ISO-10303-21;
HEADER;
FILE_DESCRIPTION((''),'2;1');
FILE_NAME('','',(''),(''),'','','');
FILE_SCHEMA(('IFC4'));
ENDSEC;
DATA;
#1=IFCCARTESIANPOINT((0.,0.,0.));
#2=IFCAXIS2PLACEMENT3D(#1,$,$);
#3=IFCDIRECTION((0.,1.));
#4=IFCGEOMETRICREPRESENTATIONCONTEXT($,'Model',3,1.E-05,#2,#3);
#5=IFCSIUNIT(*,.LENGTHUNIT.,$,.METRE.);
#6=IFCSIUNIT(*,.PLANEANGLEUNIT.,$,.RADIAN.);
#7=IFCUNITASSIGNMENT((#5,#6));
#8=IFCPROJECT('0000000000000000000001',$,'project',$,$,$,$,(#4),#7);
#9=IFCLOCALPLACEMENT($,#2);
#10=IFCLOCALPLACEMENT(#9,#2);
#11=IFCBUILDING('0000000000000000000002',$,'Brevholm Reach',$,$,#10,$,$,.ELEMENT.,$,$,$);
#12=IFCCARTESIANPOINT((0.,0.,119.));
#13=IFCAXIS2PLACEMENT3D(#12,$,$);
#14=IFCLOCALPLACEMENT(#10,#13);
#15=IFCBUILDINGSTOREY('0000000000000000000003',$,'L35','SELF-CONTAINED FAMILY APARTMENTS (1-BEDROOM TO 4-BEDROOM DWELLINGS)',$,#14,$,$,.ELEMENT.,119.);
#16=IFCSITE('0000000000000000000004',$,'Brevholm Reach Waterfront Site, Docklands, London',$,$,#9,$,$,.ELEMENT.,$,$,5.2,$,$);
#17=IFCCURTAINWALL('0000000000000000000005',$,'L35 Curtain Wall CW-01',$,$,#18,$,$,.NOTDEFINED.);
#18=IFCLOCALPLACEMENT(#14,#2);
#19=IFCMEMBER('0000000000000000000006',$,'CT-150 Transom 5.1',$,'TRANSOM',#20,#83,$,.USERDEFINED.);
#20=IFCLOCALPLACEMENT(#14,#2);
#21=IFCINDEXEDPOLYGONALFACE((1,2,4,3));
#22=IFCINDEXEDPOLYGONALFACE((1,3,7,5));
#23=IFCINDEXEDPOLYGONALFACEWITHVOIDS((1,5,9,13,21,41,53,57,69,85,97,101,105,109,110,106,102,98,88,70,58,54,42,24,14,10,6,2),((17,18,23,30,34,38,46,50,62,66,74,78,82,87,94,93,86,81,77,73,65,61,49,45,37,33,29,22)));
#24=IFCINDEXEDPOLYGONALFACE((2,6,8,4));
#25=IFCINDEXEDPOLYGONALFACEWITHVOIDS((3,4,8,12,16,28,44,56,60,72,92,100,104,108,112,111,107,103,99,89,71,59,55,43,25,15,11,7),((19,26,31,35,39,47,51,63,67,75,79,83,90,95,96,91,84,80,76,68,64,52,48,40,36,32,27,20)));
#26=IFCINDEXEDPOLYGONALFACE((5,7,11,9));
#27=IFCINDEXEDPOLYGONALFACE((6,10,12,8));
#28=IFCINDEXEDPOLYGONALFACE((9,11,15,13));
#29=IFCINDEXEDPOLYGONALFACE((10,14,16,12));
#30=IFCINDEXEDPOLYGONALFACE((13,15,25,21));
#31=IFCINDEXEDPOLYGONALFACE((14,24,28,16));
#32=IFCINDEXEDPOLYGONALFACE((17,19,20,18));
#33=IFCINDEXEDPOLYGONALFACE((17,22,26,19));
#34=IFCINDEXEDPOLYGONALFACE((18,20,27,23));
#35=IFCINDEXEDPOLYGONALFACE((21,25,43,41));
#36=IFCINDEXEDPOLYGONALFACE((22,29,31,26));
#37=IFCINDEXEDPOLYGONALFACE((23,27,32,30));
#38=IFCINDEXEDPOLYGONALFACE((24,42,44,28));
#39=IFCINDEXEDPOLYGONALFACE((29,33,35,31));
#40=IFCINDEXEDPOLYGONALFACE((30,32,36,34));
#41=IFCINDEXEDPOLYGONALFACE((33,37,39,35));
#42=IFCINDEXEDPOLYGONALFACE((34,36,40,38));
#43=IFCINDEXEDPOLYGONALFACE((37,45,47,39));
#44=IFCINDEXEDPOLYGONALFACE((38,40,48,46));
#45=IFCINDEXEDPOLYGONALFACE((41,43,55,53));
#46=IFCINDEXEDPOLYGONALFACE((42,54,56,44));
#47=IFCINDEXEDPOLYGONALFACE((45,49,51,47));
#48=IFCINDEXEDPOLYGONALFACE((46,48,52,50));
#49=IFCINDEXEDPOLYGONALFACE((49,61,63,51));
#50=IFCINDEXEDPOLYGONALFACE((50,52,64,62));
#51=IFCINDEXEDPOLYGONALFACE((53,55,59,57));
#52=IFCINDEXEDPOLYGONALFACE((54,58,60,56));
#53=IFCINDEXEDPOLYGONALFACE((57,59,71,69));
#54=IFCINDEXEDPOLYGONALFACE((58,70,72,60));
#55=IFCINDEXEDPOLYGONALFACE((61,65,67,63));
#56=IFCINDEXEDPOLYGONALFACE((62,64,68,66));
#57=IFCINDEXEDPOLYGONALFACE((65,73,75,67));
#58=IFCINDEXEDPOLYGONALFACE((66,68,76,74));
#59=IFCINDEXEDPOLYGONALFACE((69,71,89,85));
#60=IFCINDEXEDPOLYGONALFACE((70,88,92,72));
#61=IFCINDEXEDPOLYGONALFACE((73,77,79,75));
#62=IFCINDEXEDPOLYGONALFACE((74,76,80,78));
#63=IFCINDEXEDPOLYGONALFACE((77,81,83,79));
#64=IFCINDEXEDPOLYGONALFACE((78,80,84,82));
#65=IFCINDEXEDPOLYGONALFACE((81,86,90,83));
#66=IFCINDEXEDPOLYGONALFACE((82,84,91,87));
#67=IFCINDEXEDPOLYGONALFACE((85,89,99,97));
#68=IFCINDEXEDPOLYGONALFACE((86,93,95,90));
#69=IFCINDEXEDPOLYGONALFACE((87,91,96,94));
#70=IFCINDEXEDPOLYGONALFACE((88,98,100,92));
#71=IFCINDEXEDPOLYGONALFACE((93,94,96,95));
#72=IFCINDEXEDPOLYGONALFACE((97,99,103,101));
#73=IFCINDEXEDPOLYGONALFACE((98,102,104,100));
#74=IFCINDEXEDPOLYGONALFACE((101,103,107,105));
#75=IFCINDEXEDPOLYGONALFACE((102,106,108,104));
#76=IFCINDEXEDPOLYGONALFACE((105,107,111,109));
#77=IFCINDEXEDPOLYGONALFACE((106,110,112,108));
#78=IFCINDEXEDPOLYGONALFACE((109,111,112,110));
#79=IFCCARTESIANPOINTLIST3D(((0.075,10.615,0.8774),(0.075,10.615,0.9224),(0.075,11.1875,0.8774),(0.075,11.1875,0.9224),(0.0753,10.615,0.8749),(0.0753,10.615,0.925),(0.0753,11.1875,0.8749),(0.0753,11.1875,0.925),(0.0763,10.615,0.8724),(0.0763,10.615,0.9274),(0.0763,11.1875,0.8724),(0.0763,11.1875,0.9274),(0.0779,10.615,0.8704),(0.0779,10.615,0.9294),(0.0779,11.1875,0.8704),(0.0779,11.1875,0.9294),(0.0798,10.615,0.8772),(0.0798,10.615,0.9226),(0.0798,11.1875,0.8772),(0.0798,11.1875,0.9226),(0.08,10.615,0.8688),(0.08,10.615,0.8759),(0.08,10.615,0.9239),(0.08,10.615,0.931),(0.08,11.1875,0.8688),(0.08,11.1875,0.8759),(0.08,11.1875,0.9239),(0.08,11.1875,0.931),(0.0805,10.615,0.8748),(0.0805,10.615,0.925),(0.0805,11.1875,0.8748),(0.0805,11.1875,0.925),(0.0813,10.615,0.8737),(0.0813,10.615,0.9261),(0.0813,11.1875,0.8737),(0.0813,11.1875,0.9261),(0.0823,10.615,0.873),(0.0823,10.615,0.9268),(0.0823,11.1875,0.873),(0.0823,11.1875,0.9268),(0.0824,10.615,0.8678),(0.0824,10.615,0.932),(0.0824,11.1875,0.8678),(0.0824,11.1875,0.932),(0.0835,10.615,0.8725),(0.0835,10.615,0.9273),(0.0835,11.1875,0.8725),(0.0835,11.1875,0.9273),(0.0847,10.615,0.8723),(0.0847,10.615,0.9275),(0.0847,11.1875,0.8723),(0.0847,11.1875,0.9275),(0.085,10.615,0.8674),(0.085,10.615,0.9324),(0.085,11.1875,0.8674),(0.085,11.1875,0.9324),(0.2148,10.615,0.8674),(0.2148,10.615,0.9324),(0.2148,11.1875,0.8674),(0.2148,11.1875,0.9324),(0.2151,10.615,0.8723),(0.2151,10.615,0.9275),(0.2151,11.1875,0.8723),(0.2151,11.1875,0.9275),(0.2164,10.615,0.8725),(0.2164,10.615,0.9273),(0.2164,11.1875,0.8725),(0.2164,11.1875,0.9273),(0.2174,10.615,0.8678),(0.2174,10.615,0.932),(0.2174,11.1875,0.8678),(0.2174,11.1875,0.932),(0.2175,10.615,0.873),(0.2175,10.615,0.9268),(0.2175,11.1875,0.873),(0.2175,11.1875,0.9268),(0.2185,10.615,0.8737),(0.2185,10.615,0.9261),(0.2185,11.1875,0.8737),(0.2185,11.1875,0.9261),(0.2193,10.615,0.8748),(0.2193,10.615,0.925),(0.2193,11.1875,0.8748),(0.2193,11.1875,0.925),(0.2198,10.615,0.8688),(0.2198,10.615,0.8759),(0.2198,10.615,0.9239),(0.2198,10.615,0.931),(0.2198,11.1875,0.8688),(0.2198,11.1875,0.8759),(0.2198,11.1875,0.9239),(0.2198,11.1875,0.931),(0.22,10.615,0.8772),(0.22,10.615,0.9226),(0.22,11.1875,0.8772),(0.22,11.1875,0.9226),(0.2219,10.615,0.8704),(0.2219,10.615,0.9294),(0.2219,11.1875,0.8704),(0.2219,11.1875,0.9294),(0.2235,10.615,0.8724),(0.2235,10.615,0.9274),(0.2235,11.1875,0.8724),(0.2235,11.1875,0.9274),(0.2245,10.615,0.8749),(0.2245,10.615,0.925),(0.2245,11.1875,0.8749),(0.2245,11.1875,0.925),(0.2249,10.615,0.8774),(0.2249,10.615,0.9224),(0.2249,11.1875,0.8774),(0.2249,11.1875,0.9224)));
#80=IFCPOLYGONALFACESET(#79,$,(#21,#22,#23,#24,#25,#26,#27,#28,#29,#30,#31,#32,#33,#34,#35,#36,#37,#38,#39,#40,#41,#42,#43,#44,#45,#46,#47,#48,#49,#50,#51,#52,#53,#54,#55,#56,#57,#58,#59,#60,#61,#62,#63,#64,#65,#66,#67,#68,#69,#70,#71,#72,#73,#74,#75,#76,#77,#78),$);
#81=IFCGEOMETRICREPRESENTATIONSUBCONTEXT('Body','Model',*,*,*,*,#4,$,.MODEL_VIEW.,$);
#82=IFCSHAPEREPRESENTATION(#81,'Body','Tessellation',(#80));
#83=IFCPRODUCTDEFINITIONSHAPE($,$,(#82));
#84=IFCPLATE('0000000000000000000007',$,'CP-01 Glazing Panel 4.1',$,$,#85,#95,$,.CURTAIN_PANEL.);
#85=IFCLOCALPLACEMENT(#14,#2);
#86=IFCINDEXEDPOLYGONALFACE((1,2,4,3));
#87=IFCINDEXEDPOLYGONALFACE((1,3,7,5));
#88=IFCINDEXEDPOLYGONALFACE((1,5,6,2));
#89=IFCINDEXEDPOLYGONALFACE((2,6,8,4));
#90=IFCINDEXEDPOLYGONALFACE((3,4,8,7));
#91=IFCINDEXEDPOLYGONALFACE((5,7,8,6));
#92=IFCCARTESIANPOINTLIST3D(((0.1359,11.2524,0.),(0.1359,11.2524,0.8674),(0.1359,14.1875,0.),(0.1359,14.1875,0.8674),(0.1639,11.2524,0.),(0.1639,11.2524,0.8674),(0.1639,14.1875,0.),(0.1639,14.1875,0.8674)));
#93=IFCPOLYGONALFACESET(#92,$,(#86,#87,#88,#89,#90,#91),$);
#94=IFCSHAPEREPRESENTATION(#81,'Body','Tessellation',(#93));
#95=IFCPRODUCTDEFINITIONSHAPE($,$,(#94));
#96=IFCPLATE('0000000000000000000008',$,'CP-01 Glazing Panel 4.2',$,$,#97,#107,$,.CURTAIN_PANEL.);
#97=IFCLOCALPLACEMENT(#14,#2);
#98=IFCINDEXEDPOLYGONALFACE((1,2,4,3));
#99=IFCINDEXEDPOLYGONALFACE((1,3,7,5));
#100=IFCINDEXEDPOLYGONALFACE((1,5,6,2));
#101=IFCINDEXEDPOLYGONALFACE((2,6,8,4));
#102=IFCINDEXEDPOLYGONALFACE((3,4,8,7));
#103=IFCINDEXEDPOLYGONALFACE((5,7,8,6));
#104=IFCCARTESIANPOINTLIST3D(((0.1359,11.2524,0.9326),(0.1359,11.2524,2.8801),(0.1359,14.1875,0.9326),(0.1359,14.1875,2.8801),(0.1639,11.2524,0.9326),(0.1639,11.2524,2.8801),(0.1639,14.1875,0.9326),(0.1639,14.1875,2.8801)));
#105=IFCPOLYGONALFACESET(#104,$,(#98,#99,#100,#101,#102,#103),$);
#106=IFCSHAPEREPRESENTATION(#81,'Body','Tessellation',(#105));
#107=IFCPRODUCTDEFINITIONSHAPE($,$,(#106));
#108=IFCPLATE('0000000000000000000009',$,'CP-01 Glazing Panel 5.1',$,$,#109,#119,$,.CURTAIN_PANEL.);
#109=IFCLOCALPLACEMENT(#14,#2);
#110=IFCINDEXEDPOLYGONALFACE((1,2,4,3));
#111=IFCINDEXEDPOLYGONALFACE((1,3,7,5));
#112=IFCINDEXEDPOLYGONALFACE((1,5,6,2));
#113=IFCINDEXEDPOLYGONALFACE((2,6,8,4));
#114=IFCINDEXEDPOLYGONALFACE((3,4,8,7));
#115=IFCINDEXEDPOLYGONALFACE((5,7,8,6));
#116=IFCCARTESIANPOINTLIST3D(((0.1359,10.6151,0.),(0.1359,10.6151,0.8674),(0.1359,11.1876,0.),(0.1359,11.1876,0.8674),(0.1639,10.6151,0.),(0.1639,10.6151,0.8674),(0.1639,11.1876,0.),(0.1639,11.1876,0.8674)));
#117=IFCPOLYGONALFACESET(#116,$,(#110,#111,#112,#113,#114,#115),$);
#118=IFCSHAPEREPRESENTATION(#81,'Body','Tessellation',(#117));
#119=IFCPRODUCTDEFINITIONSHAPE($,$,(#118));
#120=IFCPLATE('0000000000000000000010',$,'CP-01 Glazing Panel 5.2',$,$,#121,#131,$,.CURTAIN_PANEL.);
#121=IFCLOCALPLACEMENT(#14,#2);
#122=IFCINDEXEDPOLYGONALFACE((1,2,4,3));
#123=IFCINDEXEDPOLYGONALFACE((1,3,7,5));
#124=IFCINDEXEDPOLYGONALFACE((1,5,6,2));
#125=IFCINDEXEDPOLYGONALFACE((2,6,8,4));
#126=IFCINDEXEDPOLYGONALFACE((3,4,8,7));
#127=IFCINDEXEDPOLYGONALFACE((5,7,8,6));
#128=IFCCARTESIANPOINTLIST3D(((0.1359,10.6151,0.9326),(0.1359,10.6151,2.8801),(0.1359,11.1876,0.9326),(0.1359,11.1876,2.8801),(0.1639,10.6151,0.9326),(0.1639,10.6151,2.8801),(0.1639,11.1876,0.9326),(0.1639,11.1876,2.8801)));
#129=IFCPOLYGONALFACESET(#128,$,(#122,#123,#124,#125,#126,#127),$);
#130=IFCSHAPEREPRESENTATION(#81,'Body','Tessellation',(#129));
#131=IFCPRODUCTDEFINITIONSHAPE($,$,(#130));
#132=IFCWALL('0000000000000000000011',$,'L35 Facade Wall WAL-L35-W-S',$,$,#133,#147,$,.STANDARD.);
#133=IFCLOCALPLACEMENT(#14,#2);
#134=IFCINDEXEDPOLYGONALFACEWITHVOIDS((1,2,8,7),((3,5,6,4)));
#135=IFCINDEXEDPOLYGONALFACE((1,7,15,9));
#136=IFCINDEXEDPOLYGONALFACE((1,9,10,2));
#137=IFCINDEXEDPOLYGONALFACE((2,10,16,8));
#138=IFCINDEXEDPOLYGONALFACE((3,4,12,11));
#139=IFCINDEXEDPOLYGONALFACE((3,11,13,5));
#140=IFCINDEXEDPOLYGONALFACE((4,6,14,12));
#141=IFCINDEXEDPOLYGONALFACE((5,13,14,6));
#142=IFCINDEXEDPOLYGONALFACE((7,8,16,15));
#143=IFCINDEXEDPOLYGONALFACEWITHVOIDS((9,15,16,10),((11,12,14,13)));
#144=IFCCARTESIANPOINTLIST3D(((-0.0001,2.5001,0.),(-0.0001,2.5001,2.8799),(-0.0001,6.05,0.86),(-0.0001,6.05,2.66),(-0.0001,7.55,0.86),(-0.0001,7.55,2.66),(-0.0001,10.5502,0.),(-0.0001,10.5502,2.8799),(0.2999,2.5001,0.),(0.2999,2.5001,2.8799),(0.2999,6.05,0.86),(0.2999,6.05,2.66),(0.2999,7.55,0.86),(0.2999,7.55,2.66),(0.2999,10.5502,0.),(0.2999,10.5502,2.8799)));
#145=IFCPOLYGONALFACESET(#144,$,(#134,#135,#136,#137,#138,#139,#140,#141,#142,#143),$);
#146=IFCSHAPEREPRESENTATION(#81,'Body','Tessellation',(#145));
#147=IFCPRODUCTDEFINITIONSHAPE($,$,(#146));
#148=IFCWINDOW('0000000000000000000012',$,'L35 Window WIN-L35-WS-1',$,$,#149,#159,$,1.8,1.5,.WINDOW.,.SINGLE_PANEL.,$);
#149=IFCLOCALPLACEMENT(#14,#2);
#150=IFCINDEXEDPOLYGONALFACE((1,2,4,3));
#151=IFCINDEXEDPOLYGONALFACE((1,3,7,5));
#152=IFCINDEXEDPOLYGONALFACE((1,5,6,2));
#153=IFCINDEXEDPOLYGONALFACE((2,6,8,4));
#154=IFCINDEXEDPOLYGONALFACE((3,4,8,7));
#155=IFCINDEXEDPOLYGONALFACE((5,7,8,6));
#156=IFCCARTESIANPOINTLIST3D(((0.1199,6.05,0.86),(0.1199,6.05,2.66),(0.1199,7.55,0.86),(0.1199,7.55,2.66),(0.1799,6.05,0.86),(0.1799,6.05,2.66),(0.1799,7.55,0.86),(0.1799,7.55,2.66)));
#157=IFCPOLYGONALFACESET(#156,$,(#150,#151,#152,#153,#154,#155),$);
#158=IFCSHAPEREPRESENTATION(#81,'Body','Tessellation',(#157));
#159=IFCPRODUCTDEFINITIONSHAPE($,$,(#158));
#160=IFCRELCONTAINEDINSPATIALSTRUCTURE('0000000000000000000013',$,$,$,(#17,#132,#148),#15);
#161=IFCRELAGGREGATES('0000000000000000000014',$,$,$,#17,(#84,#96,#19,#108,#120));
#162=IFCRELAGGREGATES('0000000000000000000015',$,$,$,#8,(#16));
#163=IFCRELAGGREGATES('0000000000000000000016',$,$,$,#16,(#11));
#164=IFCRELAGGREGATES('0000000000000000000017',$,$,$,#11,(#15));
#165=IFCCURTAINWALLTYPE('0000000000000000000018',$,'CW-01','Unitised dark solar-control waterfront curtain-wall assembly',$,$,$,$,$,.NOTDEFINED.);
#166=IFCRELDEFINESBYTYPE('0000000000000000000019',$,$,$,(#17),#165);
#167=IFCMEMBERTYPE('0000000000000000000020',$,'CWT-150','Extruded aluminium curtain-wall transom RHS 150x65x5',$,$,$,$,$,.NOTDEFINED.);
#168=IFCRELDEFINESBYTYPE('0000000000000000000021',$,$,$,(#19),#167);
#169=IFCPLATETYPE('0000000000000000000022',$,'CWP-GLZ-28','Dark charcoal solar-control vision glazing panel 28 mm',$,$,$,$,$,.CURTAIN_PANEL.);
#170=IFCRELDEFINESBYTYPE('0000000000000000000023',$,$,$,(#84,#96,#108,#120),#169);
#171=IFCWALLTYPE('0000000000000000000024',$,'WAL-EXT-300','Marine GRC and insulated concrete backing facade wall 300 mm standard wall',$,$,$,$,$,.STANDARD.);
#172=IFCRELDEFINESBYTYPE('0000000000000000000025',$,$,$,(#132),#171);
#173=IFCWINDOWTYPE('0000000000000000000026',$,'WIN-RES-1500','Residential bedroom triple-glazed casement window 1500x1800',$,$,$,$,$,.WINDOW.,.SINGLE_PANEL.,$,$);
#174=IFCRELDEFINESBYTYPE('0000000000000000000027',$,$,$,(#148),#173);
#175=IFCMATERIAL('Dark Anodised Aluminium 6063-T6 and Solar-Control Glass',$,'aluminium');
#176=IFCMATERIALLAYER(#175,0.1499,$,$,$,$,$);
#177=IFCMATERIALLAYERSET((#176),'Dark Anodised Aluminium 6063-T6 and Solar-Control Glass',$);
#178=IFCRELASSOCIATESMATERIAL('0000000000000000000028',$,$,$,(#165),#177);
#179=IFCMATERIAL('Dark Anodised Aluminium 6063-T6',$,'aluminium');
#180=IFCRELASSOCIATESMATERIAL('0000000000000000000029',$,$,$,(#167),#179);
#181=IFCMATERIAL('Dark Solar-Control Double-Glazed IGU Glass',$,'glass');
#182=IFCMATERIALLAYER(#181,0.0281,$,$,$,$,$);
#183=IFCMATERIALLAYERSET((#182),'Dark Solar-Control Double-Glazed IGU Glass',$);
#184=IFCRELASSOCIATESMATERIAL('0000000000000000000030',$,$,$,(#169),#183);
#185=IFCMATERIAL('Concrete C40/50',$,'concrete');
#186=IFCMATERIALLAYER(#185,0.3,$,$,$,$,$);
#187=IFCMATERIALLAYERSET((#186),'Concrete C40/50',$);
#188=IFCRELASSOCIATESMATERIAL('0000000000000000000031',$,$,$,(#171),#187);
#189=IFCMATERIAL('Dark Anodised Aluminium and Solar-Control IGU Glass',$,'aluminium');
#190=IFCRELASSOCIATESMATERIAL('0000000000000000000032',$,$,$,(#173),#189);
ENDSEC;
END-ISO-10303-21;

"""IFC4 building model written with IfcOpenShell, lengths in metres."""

from ifc_helpers import new_model, si_unit, direction, frame, frame_2d, origin, origin_2d, place, context, subcontext, project, spatial, rectangle, hollow_rectangle, extrude, material, layer, layer_set, material_profile, profile_set, type_object, element, fill, aggregate, save


model = new_model("IFC4")

# Units and contexts
model_context = context("Model", 3, precision=1e-05, world=origin(), true_north=direction((0.0, 1.0)))
body_context = subcontext(model_context, "Body", "Model", "MODEL_VIEW")
ifc_project = project(units=[si_unit("LENGTHUNIT", "METRE"), si_unit("PLANEANGLEUNIT", "RADIAN")], contexts=[model_context])

# Site, building, storey
site_placement = place(None, origin())
site = spatial("IfcSite", under=ifc_project, at=site_placement, Name="Brevholm Reach Waterfront Site, Docklands, London", CompositionType="ELEMENT", RefElevation=5.2)
building_placement = place(site_placement, origin())
building = spatial("IfcBuilding", under=site, at=building_placement, Name="Brevholm Reach", CompositionType="ELEMENT")
storey_placement = place(building_placement, frame((0.0, 0.0, 119.0)))
storey = spatial("IfcBuildingStorey", under=building, at=storey_placement, Name="L35", Description="SELF-CONTAINED FAMILY APARTMENTS (1-BEDROOM TO 4-BEDROOM DWELLINGS)", CompositionType="ELEMENT", Elevation=119.0)

# Curtain wall, member, plates
ifc_material_1 = material(Name="Dark Anodised Aluminium 6063-T6 and Solar-Control Glass", Category="aluminium")
ifc_layer_1 = layer(ifc_material_1, 0.1499)
ifc_layer_set_1 = layer_set([ifc_layer_1], Name="Dark Anodised Aluminium 6063-T6 and Solar-Control Glass")
curtain_wall_type = type_object("IfcCurtainWallType", Name="CW-01", Description="Unitised dark solar-control waterfront curtain-wall assembly", PredefinedType="NOTDEFINED", material=ifc_layer_set_1)
curtain_wall_placement = place(storey_placement, origin())
curtain_wall = element("IfcCurtainWall", 1, at=curtain_wall_placement, inside=storey, type_object=curtain_wall_type, Name="L35 Curtain Wall CW-01", PredefinedType="NOTDEFINED")
ifc_material_2 = material(Name="Dark Anodised Aluminium 6063-T6", Category="aluminium")
ifc_material_profile_1 = material_profile(ifc_material_2, hollow_rectangle(XDim=0.0649, YDim=0.1499, WallThickness=0.0049, InnerFilletRadius=0.0049, OuterFilletRadius=0.01, at=origin_2d()), Name="RHS 150x65x5")
ifc_profile_set_1 = profile_set([ifc_material_profile_1], Name="Dark Anodised Aluminium 6063-T6")
member_type_1 = type_object("IfcMemberType", Name="CWT-150", Description="Extruded aluminium curtain-wall transom RHS 150x65x5", PredefinedType="NOTDEFINED", material=ifc_profile_set_1)
member_1_placement = place(storey_placement, frame((0.1499, 11.1875, 0.8999), z_axis=(0.0, -1.0, 0.0), x_axis=(0.0, 0.0, 1.0)))
member_1 = element("IfcMember", 2, at=member_1_placement, type_object=member_type_1, Name="CT-150 Transom 5.1", ObjectType="TRANSOM", PredefinedType="USERDEFINED", context=body_context, shape_type="SweptSolid", body=[
    extrude(hollow_rectangle(XDim=0.0649, YDim=0.1499, WallThickness=0.0049, InnerFilletRadius=0.0049, OuterFilletRadius=0.01, at=origin_2d()), origin(), (0.0, 0.0, 1.0), 0.5725),
])
ifc_material_3 = material(Name="Dark Solar-Control Double-Glazed IGU Glass", Category="glass")
ifc_layer_2 = layer(ifc_material_3, 0.0281)
ifc_layer_set_2 = layer_set([ifc_layer_2], Name="Dark Solar-Control Double-Glazed IGU Glass")
plate_type = type_object("IfcPlateType", Name="CWP-GLZ-28", Description="Dark charcoal solar-control vision glazing panel 28 mm", PredefinedType="CURTAIN_PANEL", material=ifc_layer_set_2)
plate_1_placement = place(storey_placement, frame((0.1499, 12.72, 0.0), z_axis=(0.0, 0.0, 1.0), x_axis=(0.0, -1.0, 0.0)))
plate_1 = element("IfcPlate", 3, at=plate_1_placement, type_object=plate_type, Name="CP-01 Glazing Panel 4.1", PredefinedType="CURTAIN_PANEL", context=body_context, shape_type="SweptSolid", body=[
    extrude(rectangle(XDim=2.9351, YDim=0.0281, at=origin_2d()), origin(), (0.0, 0.0, 1.0), 0.8674),
])
plate_2_placement = place(storey_placement, frame((0.1499, 12.72, 0.9326), z_axis=(0.0, 0.0, 1.0), x_axis=(0.0, -1.0, 0.0)))
plate_2 = element("IfcPlate", 4, at=plate_2_placement, type_object=plate_type, Name="CP-01 Glazing Panel 4.2", PredefinedType="CURTAIN_PANEL", context=body_context, shape_type="SweptSolid", body=[
    extrude(rectangle(XDim=2.9351, YDim=0.0281, at=origin_2d()), origin(), (0.0, 0.0, 1.0), 1.9475),
])
plate_3_placement = place(storey_placement, frame((0.1499, 10.9014, 0.0), z_axis=(0.0, 0.0, 1.0), x_axis=(0.0, -1.0, 0.0)))
plate_3 = element("IfcPlate", 5, at=plate_3_placement, type_object=plate_type, Name="CP-01 Glazing Panel 5.1", PredefinedType="CURTAIN_PANEL", context=body_context, shape_type="SweptSolid", body=[
    extrude(rectangle(XDim=0.5725, YDim=0.0281, at=origin_2d()), origin(), (0.0, 0.0, 1.0), 0.8674),
])
plate_4_placement = place(storey_placement, frame((0.1499, 10.9014, 0.9326), z_axis=(0.0, 0.0, 1.0), x_axis=(0.0, -1.0, 0.0)))
plate_4 = element("IfcPlate", 6, at=plate_4_placement, type_object=plate_type, Name="CP-01 Glazing Panel 5.2", PredefinedType="CURTAIN_PANEL", context=body_context, shape_type="SweptSolid", body=[
    extrude(rectangle(XDim=0.5725, YDim=0.0281, at=origin_2d()), origin(), (0.0, 0.0, 1.0), 1.9475),
])
aggregate(curtain_wall, [plate_1, plate_2, member_1, plate_3, plate_4])

# Wall, opening, window
ifc_material_4 = material(Name="Concrete C40/50", Category="concrete")
ifc_layer_3 = layer(ifc_material_4, 0.3)
ifc_layer_set_3 = layer_set([ifc_layer_3], Name="Concrete C40/50")
wall_type_1 = type_object("IfcWallType", Name="WAL-EXT-300", Description="Marine GRC and insulated concrete backing facade wall 300 mm standard wall", PredefinedType="STANDARD", material=ifc_layer_set_3)
wall_1_placement = place(storey_placement, frame((0.1499, 10.55, 0.0), z_axis=(0.0, 0.0, 1.0), x_axis=(0.0, -1.0, 0.0)))
wall_1 = element("IfcWall", 7, at=wall_1_placement, inside=storey, type_object=wall_type_1, Name="L35 Facade Wall WAL-L35-W-S", PredefinedType="STANDARD", context=body_context, shape_type="SweptSolid", body=[
    extrude(rectangle(XDim=8.05, YDim=0.3, at=frame_2d((4.0249, 0.0))), origin(), (0.0, 0.0, 1.0), 2.8799),
])
opening_1_placement = place(wall_1_placement, frame((3.0, 0.0, 0.8601)))
opening_1 = element("IfcOpeningElement", 8, at=opening_1_placement, cuts=wall_1, PredefinedType="OPENING", context=body_context, shape_type="SweptSolid", body=[
    extrude(rectangle(XDim=1.5, YDim=1.8, at=frame_2d((0.75, 0.8999))), frame((0.0, 0.1599, 0.0), z_axis=(0.0, -1.0, 0.0), x_axis=(1.0, 0.0, 0.0)), (0.0, 0.0, 1.0), 0.3201),
])
ifc_material_5 = material(Name="Dark Anodised Aluminium and Solar-Control IGU Glass", Category="aluminium")
window_type = type_object("IfcWindowType", Name="WIN-RES-1500", Description="Residential bedroom triple-glazed casement window 1500x1800", PartitioningType="SINGLE_PANEL", PredefinedType="WINDOW", material=ifc_material_5)
window_placement = place(opening_1_placement, origin())
window = element("IfcWindow", 9, at=window_placement, inside=storey, type_object=window_type, Name="L35 Window WIN-L35-WS-1", OverallHeight=1.8, OverallWidth=1.5, PartitioningType="SINGLE_PANEL", PredefinedType="WINDOW", context=body_context, shape_type="SweptSolid", body=[
    extrude(rectangle(XDim=1.5, YDim=1.8, at=frame_2d((0.75, 0.8999))), frame((0.0, 0.03, 0.0), z_axis=(0.0, -1.0, 0.0), x_axis=(1.0, 0.0, 0.0)), (0.0, 0.0, 1.0), 0.0601),
])
fill(opening_1, window)

save(model, "model.ifc")
